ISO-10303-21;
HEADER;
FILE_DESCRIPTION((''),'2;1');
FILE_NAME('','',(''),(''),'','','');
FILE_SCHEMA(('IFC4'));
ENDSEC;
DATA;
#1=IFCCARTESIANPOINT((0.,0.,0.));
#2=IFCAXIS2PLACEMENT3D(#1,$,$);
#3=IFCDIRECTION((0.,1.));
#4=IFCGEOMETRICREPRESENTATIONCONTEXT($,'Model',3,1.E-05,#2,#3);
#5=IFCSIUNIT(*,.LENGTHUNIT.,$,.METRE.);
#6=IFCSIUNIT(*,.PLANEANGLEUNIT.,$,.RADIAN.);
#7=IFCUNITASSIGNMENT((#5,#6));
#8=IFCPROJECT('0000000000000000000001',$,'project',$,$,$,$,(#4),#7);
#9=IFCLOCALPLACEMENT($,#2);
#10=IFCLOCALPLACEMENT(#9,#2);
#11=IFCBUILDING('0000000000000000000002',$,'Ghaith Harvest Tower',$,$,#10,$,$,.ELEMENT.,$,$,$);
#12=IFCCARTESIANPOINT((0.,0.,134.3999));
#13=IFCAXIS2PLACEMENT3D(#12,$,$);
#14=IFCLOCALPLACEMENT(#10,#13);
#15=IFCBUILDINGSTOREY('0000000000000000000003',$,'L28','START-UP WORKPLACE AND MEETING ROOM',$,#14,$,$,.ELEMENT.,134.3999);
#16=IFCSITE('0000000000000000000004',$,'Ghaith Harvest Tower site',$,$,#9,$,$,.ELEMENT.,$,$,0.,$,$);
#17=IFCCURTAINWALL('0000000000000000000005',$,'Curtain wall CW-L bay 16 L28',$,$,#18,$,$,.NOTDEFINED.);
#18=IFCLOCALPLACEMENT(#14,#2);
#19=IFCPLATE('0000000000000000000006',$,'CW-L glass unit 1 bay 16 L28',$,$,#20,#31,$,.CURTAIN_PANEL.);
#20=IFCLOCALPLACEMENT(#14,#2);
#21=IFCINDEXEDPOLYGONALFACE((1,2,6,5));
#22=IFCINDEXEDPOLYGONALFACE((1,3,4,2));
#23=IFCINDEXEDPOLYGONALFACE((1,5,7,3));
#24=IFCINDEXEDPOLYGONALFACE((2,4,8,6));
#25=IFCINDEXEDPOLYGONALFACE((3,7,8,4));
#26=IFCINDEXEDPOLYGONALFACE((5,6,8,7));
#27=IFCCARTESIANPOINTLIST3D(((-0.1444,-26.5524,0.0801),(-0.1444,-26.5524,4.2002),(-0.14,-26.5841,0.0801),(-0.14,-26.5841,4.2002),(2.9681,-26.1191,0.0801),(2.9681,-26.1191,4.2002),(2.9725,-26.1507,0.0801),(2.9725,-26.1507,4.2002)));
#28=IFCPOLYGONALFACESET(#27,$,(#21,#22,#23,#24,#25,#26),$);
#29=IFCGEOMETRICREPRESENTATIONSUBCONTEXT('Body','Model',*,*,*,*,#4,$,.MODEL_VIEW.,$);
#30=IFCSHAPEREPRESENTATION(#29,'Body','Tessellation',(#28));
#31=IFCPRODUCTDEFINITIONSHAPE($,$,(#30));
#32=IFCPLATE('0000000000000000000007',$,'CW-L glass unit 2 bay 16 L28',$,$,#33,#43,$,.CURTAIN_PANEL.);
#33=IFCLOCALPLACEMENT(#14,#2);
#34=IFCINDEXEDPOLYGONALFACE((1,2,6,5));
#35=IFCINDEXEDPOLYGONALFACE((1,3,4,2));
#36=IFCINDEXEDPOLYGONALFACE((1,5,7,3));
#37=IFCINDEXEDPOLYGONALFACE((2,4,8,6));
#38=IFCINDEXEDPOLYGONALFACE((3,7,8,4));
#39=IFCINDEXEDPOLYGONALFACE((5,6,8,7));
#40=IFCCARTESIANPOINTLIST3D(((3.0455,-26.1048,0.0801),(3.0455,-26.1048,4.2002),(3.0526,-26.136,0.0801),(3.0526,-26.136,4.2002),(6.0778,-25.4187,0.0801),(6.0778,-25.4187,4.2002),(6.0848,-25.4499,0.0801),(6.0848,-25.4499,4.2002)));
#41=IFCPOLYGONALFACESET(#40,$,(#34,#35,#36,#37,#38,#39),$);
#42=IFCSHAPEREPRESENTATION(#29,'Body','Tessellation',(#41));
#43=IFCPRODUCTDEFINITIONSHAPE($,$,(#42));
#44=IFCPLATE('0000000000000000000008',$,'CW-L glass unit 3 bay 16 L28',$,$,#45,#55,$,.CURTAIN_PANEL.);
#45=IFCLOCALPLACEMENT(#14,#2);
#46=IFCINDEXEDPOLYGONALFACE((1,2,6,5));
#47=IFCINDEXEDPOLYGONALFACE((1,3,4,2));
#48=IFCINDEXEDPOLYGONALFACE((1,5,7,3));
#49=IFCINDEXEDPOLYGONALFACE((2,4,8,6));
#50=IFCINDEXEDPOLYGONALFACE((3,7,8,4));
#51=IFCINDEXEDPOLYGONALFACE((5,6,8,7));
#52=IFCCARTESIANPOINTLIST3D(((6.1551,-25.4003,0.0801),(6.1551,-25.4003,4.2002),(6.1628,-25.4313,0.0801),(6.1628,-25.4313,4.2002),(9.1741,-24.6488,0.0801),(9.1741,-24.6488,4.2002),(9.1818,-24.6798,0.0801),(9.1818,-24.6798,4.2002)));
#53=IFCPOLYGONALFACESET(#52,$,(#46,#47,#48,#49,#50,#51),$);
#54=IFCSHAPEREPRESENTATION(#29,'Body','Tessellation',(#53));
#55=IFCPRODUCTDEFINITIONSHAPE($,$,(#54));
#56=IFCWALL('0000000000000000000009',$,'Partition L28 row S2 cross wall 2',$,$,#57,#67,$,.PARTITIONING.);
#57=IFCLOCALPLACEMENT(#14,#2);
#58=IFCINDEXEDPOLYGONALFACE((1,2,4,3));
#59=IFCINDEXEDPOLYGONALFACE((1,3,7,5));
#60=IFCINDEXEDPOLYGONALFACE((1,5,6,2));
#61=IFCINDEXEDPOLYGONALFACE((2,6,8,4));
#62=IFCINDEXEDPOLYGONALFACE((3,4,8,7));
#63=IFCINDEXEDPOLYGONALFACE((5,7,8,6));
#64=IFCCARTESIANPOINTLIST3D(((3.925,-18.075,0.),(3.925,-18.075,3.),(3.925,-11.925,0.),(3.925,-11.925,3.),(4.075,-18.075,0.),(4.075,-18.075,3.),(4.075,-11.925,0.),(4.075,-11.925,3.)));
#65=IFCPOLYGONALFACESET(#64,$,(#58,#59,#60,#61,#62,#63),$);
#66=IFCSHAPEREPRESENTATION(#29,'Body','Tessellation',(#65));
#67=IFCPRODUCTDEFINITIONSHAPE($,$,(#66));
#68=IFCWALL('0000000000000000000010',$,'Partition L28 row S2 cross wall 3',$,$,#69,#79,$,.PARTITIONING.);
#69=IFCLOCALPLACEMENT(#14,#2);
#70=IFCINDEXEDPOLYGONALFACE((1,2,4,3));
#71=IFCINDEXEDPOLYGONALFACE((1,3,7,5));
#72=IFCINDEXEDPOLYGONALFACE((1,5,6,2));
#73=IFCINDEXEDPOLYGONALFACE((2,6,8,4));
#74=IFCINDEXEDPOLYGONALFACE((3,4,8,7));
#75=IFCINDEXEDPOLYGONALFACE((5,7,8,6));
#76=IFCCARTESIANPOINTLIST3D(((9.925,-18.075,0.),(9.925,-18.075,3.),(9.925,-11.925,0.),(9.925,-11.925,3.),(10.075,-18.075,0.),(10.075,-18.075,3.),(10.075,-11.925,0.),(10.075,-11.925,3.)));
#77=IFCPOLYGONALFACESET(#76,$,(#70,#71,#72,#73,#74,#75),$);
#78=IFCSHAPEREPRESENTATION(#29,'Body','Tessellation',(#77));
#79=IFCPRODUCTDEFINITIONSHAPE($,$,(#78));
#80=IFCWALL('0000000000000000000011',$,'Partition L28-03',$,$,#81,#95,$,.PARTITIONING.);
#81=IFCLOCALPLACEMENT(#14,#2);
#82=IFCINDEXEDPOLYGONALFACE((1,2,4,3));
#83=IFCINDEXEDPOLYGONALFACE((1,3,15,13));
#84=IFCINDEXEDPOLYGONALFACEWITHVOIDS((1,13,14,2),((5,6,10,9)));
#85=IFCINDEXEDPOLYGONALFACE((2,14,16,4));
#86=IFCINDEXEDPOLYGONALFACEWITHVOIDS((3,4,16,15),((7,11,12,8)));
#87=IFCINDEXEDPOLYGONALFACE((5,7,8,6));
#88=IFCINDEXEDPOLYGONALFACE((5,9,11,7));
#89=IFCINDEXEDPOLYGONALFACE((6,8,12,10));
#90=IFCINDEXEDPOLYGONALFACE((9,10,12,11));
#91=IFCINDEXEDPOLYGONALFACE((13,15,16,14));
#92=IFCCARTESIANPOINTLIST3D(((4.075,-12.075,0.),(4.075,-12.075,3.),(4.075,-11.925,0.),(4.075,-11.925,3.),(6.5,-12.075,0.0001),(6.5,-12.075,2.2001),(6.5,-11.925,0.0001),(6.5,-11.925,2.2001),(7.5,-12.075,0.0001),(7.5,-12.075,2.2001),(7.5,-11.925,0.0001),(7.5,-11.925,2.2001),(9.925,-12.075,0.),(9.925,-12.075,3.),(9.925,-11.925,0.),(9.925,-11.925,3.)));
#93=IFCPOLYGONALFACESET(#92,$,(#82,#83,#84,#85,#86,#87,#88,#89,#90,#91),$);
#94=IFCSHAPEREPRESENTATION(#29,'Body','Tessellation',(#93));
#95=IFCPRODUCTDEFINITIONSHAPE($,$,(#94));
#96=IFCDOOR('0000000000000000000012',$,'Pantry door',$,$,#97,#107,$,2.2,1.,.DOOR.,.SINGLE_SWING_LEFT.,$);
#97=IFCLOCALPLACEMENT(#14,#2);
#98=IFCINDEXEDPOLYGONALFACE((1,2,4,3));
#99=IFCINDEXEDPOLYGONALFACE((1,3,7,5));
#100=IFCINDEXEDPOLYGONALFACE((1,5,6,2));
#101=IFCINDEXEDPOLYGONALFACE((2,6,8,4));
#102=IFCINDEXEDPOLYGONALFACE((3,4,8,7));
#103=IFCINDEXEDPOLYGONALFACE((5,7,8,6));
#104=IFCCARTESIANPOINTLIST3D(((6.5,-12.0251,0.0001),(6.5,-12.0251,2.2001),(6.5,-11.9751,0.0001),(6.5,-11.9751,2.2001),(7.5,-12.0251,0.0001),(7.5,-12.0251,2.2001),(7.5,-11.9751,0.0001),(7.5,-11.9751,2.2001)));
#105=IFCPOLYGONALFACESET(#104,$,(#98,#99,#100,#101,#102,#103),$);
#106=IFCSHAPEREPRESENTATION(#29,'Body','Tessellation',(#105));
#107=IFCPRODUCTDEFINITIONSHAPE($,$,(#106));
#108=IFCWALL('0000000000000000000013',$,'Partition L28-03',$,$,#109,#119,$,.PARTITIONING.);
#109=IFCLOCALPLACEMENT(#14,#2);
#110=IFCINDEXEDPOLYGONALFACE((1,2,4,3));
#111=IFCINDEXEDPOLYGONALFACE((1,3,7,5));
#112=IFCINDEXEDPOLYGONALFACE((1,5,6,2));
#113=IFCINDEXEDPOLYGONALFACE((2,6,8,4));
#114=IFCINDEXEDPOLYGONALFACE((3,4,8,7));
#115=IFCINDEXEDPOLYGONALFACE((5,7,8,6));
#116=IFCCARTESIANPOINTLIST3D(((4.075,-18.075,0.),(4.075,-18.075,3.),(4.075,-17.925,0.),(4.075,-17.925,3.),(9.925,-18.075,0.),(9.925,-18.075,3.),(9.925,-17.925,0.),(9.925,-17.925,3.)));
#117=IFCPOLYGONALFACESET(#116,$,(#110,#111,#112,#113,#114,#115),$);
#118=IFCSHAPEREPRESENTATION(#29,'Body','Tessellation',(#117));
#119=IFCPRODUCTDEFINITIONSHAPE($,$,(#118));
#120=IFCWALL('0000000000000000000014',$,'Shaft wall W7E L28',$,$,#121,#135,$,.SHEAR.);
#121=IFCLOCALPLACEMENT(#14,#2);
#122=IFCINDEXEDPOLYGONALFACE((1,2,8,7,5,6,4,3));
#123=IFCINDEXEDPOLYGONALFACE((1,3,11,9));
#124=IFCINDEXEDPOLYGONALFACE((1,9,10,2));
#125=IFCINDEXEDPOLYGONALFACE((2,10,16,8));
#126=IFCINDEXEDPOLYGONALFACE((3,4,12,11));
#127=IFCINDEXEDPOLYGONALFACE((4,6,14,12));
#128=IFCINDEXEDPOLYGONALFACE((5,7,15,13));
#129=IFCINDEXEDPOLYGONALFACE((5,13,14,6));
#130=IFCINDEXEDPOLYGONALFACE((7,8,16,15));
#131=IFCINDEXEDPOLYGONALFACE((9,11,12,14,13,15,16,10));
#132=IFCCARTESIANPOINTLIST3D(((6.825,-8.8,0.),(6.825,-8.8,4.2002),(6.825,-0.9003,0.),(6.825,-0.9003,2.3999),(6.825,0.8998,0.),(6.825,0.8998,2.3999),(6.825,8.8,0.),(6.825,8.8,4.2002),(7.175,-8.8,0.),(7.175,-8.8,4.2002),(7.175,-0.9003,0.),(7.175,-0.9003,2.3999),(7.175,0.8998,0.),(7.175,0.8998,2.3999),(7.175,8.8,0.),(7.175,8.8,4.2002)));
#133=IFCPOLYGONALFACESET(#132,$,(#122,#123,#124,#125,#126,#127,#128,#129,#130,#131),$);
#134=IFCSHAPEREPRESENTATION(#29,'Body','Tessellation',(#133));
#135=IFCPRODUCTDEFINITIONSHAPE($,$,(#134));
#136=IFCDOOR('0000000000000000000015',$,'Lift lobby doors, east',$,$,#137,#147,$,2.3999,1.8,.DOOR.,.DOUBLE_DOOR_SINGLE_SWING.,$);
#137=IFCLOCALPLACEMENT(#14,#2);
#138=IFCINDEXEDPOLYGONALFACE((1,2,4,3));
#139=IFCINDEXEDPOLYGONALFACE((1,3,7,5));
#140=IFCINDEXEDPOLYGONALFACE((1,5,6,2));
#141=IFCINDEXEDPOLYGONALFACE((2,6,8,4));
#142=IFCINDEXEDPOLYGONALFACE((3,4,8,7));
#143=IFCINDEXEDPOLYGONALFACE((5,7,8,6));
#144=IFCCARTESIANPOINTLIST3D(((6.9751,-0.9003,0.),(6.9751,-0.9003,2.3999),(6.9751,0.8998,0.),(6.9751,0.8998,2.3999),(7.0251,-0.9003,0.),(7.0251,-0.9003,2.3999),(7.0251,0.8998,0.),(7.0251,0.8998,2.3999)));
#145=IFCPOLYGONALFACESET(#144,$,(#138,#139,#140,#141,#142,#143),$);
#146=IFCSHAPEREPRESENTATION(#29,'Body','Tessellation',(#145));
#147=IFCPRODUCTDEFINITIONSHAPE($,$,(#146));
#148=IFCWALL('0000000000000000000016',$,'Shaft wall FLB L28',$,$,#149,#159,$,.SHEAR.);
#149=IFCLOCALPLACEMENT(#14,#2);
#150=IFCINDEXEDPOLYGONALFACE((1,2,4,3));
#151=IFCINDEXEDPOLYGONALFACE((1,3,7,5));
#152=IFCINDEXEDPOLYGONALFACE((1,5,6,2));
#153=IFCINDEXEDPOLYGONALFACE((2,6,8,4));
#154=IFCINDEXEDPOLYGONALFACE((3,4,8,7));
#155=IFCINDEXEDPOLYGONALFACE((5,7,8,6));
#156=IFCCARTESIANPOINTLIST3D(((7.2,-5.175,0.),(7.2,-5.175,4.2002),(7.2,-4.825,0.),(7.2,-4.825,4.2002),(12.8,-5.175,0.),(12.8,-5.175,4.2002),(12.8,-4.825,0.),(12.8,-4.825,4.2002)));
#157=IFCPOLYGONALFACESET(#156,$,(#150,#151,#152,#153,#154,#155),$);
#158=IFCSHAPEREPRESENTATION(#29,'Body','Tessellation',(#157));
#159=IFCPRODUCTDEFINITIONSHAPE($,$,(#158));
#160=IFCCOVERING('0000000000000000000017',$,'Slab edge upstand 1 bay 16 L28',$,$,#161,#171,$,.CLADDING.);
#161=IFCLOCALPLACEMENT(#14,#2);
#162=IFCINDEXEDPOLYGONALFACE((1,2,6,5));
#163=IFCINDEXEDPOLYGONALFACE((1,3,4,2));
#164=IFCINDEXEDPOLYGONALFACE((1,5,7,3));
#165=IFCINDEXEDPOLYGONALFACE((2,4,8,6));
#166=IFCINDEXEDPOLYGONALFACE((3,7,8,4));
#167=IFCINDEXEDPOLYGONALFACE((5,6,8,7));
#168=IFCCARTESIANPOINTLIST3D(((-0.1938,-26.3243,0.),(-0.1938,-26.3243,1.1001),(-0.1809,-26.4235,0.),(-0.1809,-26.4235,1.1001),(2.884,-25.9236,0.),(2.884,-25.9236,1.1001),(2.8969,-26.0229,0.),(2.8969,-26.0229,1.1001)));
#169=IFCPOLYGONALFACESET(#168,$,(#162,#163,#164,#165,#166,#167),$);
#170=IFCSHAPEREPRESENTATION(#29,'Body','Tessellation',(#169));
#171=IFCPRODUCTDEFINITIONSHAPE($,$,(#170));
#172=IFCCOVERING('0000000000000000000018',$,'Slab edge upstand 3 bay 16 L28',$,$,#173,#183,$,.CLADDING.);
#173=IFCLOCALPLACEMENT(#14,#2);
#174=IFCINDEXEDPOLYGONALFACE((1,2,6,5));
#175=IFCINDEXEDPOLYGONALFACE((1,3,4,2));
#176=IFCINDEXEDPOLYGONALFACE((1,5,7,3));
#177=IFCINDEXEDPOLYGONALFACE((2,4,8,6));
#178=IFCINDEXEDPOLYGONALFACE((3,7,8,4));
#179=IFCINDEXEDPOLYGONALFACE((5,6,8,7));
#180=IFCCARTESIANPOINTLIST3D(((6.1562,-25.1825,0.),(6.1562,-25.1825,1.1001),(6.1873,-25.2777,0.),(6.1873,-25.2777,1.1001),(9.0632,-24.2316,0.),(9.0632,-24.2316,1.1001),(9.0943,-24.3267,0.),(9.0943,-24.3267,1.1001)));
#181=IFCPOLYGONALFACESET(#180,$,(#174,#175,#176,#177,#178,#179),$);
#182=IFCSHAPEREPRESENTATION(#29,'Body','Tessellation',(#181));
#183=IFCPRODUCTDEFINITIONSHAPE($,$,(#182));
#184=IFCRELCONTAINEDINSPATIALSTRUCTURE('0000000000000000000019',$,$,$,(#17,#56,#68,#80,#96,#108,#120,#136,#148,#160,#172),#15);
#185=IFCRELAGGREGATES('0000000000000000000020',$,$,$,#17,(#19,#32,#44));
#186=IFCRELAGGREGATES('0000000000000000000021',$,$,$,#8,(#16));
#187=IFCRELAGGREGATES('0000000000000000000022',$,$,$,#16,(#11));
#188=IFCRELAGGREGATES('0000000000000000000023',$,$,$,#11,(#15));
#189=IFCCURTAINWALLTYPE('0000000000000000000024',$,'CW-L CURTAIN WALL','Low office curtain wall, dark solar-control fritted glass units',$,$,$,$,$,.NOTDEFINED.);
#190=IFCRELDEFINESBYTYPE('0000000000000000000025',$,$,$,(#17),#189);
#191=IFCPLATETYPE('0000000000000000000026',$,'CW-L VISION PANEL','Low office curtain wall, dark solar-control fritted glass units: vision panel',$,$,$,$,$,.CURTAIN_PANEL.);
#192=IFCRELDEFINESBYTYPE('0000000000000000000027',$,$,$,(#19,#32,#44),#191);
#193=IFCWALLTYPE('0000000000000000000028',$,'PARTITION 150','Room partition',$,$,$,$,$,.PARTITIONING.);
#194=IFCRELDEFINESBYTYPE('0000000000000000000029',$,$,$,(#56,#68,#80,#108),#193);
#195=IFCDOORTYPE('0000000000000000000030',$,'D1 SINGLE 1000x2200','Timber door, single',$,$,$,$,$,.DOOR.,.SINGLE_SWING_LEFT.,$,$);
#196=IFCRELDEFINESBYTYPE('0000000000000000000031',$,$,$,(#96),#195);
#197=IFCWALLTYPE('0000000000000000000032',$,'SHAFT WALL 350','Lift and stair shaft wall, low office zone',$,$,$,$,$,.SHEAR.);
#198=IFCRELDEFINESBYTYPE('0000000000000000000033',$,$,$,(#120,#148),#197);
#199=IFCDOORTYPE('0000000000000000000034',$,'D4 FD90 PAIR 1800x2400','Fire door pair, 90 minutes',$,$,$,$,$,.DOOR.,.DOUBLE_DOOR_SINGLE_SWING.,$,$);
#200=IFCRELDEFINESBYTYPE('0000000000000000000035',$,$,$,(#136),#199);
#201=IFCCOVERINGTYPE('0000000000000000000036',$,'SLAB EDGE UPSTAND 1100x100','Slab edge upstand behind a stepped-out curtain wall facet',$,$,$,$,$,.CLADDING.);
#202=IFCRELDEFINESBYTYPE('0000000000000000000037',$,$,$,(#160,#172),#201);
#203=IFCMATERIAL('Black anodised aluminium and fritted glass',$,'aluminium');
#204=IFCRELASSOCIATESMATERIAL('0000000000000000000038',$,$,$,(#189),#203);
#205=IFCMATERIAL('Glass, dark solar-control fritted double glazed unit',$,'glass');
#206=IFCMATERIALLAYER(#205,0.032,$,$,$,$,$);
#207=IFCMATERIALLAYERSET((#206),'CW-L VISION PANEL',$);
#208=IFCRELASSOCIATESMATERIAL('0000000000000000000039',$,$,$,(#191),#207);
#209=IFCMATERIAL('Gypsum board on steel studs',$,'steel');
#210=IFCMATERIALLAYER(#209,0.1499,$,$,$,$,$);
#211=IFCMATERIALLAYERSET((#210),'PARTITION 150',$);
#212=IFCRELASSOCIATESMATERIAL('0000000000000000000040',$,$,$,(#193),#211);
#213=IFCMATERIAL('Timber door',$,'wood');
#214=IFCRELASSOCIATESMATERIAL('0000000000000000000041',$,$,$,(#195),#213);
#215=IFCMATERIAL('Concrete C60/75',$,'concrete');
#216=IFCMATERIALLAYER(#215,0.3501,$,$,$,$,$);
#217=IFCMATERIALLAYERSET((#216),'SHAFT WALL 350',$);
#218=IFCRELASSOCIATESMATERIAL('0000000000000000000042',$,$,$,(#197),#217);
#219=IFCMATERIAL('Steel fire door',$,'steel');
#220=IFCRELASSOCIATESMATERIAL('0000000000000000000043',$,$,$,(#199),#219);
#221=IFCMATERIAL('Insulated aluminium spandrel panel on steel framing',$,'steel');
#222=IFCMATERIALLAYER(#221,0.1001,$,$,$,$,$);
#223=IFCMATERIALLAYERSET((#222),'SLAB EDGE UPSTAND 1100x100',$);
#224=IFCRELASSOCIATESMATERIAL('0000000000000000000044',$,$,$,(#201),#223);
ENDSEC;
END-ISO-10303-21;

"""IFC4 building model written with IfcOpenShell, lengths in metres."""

from ifc_helpers import new_model, si_unit, direction, frame, frame_2d, origin, origin_2d, place, context, subcontext, project, spatial, rectangle, extrude, material, layer, layer_set, type_object, element, fill, aggregate, save


model = new_model("IFC4")

# Units and contexts
model_context = context("Model", 3, precision=1e-05, world=origin(), true_north=direction((0.0, 1.0)))
body_context = subcontext(model_context, "Body", "Model", "MODEL_VIEW")
ifc_project = project(units=[si_unit("LENGTHUNIT", "METRE"), si_unit("PLANEANGLEUNIT", "RADIAN")], contexts=[model_context])

# Site, building, storey
site_placement = place(None, origin())
site = spatial("IfcSite", under=ifc_project, at=site_placement, Name="Ghaith Harvest Tower site", CompositionType="ELEMENT", RefElevation=0.0)
building_placement = place(site_placement, origin())
building = spatial("IfcBuilding", under=site, at=building_placement, Name="Ghaith Harvest Tower", CompositionType="ELEMENT")
storey_placement = place(building_placement, frame((0.0, 0.0, 134.3999)))
storey = spatial("IfcBuildingStorey", under=building, at=storey_placement, Name="L28", Description="START-UP WORKPLACE AND MEETING ROOM", CompositionType="ELEMENT", Elevation=134.3999)

# Curtain wall
ifc_material_1 = material(Name="Black anodised aluminium and fritted glass", Category="aluminium")
curtain_wall_type = type_object("IfcCurtainWallType", Name="CW-L CURTAIN WALL", Description="Low office curtain wall, dark solar-control fritted glass units", PredefinedType="NOTDEFINED", material=ifc_material_1)
curtain_wall_1_placement = place(storey_placement, origin())
curtain_wall_1 = element("IfcCurtainWall", 1, at=curtain_wall_1_placement, inside=storey, type_object=curtain_wall_type, Name="Curtain wall CW-L bay 16 L28", PredefinedType="NOTDEFINED")

# Plates
ifc_material_2 = material(Name="Glass, dark solar-control fritted double glazed unit", Category="glass")
ifc_layer_1 = layer(ifc_material_2, 0.032)
ifc_layer_set_1 = layer_set([ifc_layer_1], Name="CW-L VISION PANEL")
plate_type = type_object("IfcPlateType", Name="CW-L VISION PANEL", Description="Low office curtain wall, dark solar-control fritted glass units: vision panel", PredefinedType="CURTAIN_PANEL", material=ifc_layer_set_1)
plate_1_placement = place(storey_placement, frame((1.4141, -26.3516, 0.0801), z_axis=(0.0, 0.0, 1.0), x_axis=(0.990448, 0.137886, 0.0)))
plate_1 = element("IfcPlate", 2, at=plate_1_placement, type_object=plate_type, Name="CW-L glass unit 1 bay 16 L28", PredefinedType="CURTAIN_PANEL", context=body_context, shape_type="SweptSolid", body=[
    extrude(rectangle(XDim=3.1426, YDim=0.032, at=origin_2d()), origin(), (0.0, 0.0, 1.0), 4.1201),
])
plate_2_placement = place(storey_placement, frame((4.5652, -25.7773, 0.0801), z_axis=(0.0, 0.0, 1.0), x_axis=(0.975342, 0.2207, 0.0)))
plate_2 = element("IfcPlate", 3, at=plate_2_placement, type_object=plate_type, Name="CW-L glass unit 2 bay 16 L28", PredefinedType="CURTAIN_PANEL", context=body_context, shape_type="SweptSolid", body=[
    extrude(rectangle(XDim=3.1089, YDim=0.032, at=origin_2d()), origin(), (0.0, 0.0, 1.0), 4.1201),
])
plate_3_placement = place(storey_placement, frame((7.6685, -25.04, 0.0801), z_axis=(0.0, 0.0, 1.0), x_axis=(0.970384, 0.241566, 0.0)))
plate_3 = element("IfcPlate", 4, at=plate_3_placement, type_object=plate_type, Name="CW-L glass unit 3 bay 16 L28", PredefinedType="CURTAIN_PANEL", context=body_context, shape_type="SweptSolid", body=[
    extrude(rectangle(XDim=3.1111, YDim=0.032, at=origin_2d()), origin(), (0.0, 0.0, 1.0), 4.1201),
])
aggregate(curtain_wall_1, [plate_1, plate_2, plate_3])

# Walls
ifc_material_3 = material(Name="Gypsum board on steel studs", Category="steel")
ifc_layer_2 = layer(ifc_material_3, 0.1499)
ifc_layer_set_2 = layer_set([ifc_layer_2], Name="PARTITION 150")
wall_type_1 = type_object("IfcWallType", Name="PARTITION 150", Description="Room partition", PredefinedType="PARTITIONING", material=ifc_layer_set_2)
for number, where, z_axis, x_axis, name in (
    (5, (4.0, -11.925, 0.0), (0.0, 0.0, 1.0), (0.0, -1.0, 0.0), "Partition L28 row S2 cross wall 2"),
    (6, (10.0, -11.925, 0.0), (0.0, 0.0, 1.0), (0.0, -1.0, 0.0), "Partition L28 row S2 cross wall 3"),
):
    element("IfcWall", number, at=place(storey_placement, frame(where, z_axis=z_axis, x_axis=x_axis)), inside=storey, type_object=wall_type_1, Name=name, PredefinedType="PARTITIONING", context=body_context, shape_type="SweptSolid", body=[
        extrude(rectangle(XDim=6.1499, YDim=0.1499, at=frame_2d((3.075, 0.0))), origin(), (0.0, 0.0, 1.0), 3.0),
    ])

# Wall, opening, door
wall_1_placement = place(storey_placement, frame((4.075, -12.0, 0.0), z_axis=(0.0, 0.0, 1.0), x_axis=(1.0, 0.0, 0.0)))
wall_1 = element("IfcWall", 7, at=wall_1_placement, inside=storey, type_object=wall_type_1, Name="Partition L28-03", PredefinedType="PARTITIONING", context=body_context, shape_type="SweptSolid", body=[
    extrude(rectangle(XDim=5.8501, YDim=0.1499, at=frame_2d((2.925, 0.0))), origin(), (0.0, 0.0, 1.0), 3.0),
])
opening_1_placement = place(wall_1_placement, frame((2.425, 0.0, 0.0)))
opening_1 = element("IfcOpeningElement", 8, at=opening_1_placement, cuts=wall_1, PredefinedType="OPENING", context=body_context, shape_type="SweptSolid", body=[
    extrude(rectangle(XDim=1.0, YDim=2.2, at=frame_2d((0.5, 1.1001))), frame((0.0, 0.085, 0.0), z_axis=(0.0, -1.0, 0.0), x_axis=(1.0, 0.0, 0.0)), (0.0, 0.0, 1.0), 0.1699),
])
ifc_material_4 = material(Name="Timber door", Category="wood")
door_type_1 = type_object("IfcDoorType", Name="D1 SINGLE 1000x2200", Description="Timber door, single", OperationType="SINGLE_SWING_LEFT", PredefinedType="DOOR", material=ifc_material_4)
door_1_placement = place(opening_1_placement, origin())
door_1 = element("IfcDoor", 9, at=door_1_placement, inside=storey, type_object=door_type_1, Name="Pantry door", OperationType="SINGLE_SWING_LEFT", OverallHeight=2.2, OverallWidth=1.0, PredefinedType="DOOR", context=body_context, shape_type="SweptSolid", body=[
    extrude(rectangle(XDim=1.0, YDim=2.2, at=frame_2d((0.5, 1.1001))), frame((0.0, 0.0249, 0.0), z_axis=(0.0, -1.0, 0.0), x_axis=(1.0, 0.0, 0.0)), (0.0, 0.0, 1.0), 0.05),
])
fill(opening_1, door_1)

# Wall
wall_2_placement = place(storey_placement, frame((4.075, -18.0, 0.0), z_axis=(0.0, 0.0, 1.0), x_axis=(1.0, 0.0, 0.0)))
element("IfcWall", 10, at=wall_2_placement, inside=storey, type_object=wall_type_1, Name="Partition L28-03", PredefinedType="PARTITIONING", context=body_context, shape_type="SweptSolid", body=[
    extrude(rectangle(XDim=5.8501, YDim=0.1499, at=frame_2d((2.925, 0.0))), origin(), (0.0, 0.0, 1.0), 3.0),
])

# Wall, opening, door
ifc_material_5 = material(Name="Concrete C60/75", Category="concrete")
ifc_layer_3 = layer(ifc_material_5, 0.3501)
ifc_layer_set_3 = layer_set([ifc_layer_3], Name="SHAFT WALL 350")
wall_type_2 = type_object("IfcWallType", Name="SHAFT WALL 350", Description="Lift and stair shaft wall, low office zone", PredefinedType="SHEAR", material=ifc_layer_set_3)
wall_3_placement = place(storey_placement, frame((7.0, -8.8, 0.0), z_axis=(0.0, 0.0, 1.0), x_axis=(0.0, 1.0, 0.0)))
wall_3 = element("IfcWall", 11, at=wall_3_placement, inside=storey, type_object=wall_type_2, Name="Shaft wall W7E L28", PredefinedType="SHEAR", context=body_context, shape_type="SweptSolid", body=[
    extrude(rectangle(XDim=17.6001, YDim=0.3501, at=frame_2d((8.8, 0.0))), origin(), (0.0, 0.0, 1.0), 4.2002),
])
opening_2_placement = place(wall_3_placement, frame((7.8999, 0.0, 0.0)))
opening_2 = element("IfcOpeningElement", 12, at=opening_2_placement, cuts=wall_3, PredefinedType="OPENING", context=body_context, shape_type="SweptSolid", body=[
    extrude(rectangle(XDim=1.8, YDim=2.3999, at=frame_2d((0.8999, 1.2))), frame((0.0, 0.1851, 0.0), z_axis=(0.0, -1.0, 0.0), x_axis=(1.0, 0.0, 0.0)), (0.0, 0.0, 1.0), 0.3701),
])
ifc_material_6 = material(Name="Steel fire door", Category="steel")
door_type_2 = type_object("IfcDoorType", Name="D4 FD90 PAIR 1800x2400", Description="Fire door pair, 90 minutes", OperationType="DOUBLE_DOOR_SINGLE_SWING", PredefinedType="DOOR", material=ifc_material_6)
door_2_placement = place(opening_2_placement, origin())
door_2 = element("IfcDoor", 13, at=door_2_placement, inside=storey, type_object=door_type_2, Name="Lift lobby doors, east", OperationType="DOUBLE_DOOR_SINGLE_SWING", OverallHeight=2.3999, OverallWidth=1.8, PredefinedType="DOOR", context=body_context, shape_type="SweptSolid", body=[
    extrude(rectangle(XDim=1.8, YDim=2.3999, at=frame_2d((0.8999, 1.2))), frame((0.0, 0.0249, 0.0), z_axis=(0.0, -1.0, 0.0), x_axis=(1.0, 0.0, 0.0)), (0.0, 0.0, 1.0), 0.05),
])
fill(opening_2, door_2)

# Wall
wall_4_placement = place(storey_placement, frame((7.2, -5.0, 0.0), z_axis=(0.0, 0.0, 1.0), x_axis=(1.0, 0.0, 0.0)))
element("IfcWall", 14, at=wall_4_placement, inside=storey, type_object=wall_type_2, Name="Shaft wall FLB L28", PredefinedType="SHEAR", context=body_context, shape_type="SweptSolid", body=[
    extrude(rectangle(XDim=5.6001, YDim=0.3501, at=frame_2d((2.8, 0.0))), origin(), (0.0, 0.0, 1.0), 4.2002),
])

# Coverings
ifc_material_7 = material(Name="Insulated aluminium spandrel panel on steel framing", Category="steel")
ifc_layer_4 = layer(ifc_material_7, 0.1001)
ifc_layer_set_4 = layer_set([ifc_layer_4], Name="SLAB EDGE UPSTAND 1100x100")
covering_type = type_object("IfcCoveringType", Name="SLAB EDGE UPSTAND 1100x100", Description="Slab edge upstand behind a stepped-out curtain wall facet", PredefinedType="CLADDING", material=ifc_layer_set_4)
covering_1_placement = place(storey_placement, frame((1.3516, -26.1736, 0.0), z_axis=(0.0, 0.0, 1.0), x_axis=(0.991634, 0.129084, 0.0)))
element("IfcCovering", 15, at=covering_1_placement, inside=storey, type_object=covering_type, Name="Slab edge upstand 1 bay 16 L28", PredefinedType="CLADDING", context=body_context, shape_type="SweptSolid", body=[
    extrude(rectangle(XDim=3.1038, YDim=0.1001, at=origin_2d()), origin(), (0.0, 0.0, 1.0), 1.1001),
])
covering_2_placement = place(storey_placement, frame((7.6252, -24.7546, 0.0), z_axis=(0.0, 0.0, 1.0), x_axis=(0.950441, 0.310904, 0.0)))
element("IfcCovering", 16, at=covering_2_placement, inside=storey, type_object=covering_type, Name="Slab edge upstand 3 bay 16 L28", PredefinedType="CLADDING", context=body_context, shape_type="SweptSolid", body=[
    extrude(rectangle(XDim=3.0586, YDim=0.1001, at=origin_2d()), origin(), (0.0, 0.0, 1.0), 1.1001),
])

save(model, "model.ifc")
